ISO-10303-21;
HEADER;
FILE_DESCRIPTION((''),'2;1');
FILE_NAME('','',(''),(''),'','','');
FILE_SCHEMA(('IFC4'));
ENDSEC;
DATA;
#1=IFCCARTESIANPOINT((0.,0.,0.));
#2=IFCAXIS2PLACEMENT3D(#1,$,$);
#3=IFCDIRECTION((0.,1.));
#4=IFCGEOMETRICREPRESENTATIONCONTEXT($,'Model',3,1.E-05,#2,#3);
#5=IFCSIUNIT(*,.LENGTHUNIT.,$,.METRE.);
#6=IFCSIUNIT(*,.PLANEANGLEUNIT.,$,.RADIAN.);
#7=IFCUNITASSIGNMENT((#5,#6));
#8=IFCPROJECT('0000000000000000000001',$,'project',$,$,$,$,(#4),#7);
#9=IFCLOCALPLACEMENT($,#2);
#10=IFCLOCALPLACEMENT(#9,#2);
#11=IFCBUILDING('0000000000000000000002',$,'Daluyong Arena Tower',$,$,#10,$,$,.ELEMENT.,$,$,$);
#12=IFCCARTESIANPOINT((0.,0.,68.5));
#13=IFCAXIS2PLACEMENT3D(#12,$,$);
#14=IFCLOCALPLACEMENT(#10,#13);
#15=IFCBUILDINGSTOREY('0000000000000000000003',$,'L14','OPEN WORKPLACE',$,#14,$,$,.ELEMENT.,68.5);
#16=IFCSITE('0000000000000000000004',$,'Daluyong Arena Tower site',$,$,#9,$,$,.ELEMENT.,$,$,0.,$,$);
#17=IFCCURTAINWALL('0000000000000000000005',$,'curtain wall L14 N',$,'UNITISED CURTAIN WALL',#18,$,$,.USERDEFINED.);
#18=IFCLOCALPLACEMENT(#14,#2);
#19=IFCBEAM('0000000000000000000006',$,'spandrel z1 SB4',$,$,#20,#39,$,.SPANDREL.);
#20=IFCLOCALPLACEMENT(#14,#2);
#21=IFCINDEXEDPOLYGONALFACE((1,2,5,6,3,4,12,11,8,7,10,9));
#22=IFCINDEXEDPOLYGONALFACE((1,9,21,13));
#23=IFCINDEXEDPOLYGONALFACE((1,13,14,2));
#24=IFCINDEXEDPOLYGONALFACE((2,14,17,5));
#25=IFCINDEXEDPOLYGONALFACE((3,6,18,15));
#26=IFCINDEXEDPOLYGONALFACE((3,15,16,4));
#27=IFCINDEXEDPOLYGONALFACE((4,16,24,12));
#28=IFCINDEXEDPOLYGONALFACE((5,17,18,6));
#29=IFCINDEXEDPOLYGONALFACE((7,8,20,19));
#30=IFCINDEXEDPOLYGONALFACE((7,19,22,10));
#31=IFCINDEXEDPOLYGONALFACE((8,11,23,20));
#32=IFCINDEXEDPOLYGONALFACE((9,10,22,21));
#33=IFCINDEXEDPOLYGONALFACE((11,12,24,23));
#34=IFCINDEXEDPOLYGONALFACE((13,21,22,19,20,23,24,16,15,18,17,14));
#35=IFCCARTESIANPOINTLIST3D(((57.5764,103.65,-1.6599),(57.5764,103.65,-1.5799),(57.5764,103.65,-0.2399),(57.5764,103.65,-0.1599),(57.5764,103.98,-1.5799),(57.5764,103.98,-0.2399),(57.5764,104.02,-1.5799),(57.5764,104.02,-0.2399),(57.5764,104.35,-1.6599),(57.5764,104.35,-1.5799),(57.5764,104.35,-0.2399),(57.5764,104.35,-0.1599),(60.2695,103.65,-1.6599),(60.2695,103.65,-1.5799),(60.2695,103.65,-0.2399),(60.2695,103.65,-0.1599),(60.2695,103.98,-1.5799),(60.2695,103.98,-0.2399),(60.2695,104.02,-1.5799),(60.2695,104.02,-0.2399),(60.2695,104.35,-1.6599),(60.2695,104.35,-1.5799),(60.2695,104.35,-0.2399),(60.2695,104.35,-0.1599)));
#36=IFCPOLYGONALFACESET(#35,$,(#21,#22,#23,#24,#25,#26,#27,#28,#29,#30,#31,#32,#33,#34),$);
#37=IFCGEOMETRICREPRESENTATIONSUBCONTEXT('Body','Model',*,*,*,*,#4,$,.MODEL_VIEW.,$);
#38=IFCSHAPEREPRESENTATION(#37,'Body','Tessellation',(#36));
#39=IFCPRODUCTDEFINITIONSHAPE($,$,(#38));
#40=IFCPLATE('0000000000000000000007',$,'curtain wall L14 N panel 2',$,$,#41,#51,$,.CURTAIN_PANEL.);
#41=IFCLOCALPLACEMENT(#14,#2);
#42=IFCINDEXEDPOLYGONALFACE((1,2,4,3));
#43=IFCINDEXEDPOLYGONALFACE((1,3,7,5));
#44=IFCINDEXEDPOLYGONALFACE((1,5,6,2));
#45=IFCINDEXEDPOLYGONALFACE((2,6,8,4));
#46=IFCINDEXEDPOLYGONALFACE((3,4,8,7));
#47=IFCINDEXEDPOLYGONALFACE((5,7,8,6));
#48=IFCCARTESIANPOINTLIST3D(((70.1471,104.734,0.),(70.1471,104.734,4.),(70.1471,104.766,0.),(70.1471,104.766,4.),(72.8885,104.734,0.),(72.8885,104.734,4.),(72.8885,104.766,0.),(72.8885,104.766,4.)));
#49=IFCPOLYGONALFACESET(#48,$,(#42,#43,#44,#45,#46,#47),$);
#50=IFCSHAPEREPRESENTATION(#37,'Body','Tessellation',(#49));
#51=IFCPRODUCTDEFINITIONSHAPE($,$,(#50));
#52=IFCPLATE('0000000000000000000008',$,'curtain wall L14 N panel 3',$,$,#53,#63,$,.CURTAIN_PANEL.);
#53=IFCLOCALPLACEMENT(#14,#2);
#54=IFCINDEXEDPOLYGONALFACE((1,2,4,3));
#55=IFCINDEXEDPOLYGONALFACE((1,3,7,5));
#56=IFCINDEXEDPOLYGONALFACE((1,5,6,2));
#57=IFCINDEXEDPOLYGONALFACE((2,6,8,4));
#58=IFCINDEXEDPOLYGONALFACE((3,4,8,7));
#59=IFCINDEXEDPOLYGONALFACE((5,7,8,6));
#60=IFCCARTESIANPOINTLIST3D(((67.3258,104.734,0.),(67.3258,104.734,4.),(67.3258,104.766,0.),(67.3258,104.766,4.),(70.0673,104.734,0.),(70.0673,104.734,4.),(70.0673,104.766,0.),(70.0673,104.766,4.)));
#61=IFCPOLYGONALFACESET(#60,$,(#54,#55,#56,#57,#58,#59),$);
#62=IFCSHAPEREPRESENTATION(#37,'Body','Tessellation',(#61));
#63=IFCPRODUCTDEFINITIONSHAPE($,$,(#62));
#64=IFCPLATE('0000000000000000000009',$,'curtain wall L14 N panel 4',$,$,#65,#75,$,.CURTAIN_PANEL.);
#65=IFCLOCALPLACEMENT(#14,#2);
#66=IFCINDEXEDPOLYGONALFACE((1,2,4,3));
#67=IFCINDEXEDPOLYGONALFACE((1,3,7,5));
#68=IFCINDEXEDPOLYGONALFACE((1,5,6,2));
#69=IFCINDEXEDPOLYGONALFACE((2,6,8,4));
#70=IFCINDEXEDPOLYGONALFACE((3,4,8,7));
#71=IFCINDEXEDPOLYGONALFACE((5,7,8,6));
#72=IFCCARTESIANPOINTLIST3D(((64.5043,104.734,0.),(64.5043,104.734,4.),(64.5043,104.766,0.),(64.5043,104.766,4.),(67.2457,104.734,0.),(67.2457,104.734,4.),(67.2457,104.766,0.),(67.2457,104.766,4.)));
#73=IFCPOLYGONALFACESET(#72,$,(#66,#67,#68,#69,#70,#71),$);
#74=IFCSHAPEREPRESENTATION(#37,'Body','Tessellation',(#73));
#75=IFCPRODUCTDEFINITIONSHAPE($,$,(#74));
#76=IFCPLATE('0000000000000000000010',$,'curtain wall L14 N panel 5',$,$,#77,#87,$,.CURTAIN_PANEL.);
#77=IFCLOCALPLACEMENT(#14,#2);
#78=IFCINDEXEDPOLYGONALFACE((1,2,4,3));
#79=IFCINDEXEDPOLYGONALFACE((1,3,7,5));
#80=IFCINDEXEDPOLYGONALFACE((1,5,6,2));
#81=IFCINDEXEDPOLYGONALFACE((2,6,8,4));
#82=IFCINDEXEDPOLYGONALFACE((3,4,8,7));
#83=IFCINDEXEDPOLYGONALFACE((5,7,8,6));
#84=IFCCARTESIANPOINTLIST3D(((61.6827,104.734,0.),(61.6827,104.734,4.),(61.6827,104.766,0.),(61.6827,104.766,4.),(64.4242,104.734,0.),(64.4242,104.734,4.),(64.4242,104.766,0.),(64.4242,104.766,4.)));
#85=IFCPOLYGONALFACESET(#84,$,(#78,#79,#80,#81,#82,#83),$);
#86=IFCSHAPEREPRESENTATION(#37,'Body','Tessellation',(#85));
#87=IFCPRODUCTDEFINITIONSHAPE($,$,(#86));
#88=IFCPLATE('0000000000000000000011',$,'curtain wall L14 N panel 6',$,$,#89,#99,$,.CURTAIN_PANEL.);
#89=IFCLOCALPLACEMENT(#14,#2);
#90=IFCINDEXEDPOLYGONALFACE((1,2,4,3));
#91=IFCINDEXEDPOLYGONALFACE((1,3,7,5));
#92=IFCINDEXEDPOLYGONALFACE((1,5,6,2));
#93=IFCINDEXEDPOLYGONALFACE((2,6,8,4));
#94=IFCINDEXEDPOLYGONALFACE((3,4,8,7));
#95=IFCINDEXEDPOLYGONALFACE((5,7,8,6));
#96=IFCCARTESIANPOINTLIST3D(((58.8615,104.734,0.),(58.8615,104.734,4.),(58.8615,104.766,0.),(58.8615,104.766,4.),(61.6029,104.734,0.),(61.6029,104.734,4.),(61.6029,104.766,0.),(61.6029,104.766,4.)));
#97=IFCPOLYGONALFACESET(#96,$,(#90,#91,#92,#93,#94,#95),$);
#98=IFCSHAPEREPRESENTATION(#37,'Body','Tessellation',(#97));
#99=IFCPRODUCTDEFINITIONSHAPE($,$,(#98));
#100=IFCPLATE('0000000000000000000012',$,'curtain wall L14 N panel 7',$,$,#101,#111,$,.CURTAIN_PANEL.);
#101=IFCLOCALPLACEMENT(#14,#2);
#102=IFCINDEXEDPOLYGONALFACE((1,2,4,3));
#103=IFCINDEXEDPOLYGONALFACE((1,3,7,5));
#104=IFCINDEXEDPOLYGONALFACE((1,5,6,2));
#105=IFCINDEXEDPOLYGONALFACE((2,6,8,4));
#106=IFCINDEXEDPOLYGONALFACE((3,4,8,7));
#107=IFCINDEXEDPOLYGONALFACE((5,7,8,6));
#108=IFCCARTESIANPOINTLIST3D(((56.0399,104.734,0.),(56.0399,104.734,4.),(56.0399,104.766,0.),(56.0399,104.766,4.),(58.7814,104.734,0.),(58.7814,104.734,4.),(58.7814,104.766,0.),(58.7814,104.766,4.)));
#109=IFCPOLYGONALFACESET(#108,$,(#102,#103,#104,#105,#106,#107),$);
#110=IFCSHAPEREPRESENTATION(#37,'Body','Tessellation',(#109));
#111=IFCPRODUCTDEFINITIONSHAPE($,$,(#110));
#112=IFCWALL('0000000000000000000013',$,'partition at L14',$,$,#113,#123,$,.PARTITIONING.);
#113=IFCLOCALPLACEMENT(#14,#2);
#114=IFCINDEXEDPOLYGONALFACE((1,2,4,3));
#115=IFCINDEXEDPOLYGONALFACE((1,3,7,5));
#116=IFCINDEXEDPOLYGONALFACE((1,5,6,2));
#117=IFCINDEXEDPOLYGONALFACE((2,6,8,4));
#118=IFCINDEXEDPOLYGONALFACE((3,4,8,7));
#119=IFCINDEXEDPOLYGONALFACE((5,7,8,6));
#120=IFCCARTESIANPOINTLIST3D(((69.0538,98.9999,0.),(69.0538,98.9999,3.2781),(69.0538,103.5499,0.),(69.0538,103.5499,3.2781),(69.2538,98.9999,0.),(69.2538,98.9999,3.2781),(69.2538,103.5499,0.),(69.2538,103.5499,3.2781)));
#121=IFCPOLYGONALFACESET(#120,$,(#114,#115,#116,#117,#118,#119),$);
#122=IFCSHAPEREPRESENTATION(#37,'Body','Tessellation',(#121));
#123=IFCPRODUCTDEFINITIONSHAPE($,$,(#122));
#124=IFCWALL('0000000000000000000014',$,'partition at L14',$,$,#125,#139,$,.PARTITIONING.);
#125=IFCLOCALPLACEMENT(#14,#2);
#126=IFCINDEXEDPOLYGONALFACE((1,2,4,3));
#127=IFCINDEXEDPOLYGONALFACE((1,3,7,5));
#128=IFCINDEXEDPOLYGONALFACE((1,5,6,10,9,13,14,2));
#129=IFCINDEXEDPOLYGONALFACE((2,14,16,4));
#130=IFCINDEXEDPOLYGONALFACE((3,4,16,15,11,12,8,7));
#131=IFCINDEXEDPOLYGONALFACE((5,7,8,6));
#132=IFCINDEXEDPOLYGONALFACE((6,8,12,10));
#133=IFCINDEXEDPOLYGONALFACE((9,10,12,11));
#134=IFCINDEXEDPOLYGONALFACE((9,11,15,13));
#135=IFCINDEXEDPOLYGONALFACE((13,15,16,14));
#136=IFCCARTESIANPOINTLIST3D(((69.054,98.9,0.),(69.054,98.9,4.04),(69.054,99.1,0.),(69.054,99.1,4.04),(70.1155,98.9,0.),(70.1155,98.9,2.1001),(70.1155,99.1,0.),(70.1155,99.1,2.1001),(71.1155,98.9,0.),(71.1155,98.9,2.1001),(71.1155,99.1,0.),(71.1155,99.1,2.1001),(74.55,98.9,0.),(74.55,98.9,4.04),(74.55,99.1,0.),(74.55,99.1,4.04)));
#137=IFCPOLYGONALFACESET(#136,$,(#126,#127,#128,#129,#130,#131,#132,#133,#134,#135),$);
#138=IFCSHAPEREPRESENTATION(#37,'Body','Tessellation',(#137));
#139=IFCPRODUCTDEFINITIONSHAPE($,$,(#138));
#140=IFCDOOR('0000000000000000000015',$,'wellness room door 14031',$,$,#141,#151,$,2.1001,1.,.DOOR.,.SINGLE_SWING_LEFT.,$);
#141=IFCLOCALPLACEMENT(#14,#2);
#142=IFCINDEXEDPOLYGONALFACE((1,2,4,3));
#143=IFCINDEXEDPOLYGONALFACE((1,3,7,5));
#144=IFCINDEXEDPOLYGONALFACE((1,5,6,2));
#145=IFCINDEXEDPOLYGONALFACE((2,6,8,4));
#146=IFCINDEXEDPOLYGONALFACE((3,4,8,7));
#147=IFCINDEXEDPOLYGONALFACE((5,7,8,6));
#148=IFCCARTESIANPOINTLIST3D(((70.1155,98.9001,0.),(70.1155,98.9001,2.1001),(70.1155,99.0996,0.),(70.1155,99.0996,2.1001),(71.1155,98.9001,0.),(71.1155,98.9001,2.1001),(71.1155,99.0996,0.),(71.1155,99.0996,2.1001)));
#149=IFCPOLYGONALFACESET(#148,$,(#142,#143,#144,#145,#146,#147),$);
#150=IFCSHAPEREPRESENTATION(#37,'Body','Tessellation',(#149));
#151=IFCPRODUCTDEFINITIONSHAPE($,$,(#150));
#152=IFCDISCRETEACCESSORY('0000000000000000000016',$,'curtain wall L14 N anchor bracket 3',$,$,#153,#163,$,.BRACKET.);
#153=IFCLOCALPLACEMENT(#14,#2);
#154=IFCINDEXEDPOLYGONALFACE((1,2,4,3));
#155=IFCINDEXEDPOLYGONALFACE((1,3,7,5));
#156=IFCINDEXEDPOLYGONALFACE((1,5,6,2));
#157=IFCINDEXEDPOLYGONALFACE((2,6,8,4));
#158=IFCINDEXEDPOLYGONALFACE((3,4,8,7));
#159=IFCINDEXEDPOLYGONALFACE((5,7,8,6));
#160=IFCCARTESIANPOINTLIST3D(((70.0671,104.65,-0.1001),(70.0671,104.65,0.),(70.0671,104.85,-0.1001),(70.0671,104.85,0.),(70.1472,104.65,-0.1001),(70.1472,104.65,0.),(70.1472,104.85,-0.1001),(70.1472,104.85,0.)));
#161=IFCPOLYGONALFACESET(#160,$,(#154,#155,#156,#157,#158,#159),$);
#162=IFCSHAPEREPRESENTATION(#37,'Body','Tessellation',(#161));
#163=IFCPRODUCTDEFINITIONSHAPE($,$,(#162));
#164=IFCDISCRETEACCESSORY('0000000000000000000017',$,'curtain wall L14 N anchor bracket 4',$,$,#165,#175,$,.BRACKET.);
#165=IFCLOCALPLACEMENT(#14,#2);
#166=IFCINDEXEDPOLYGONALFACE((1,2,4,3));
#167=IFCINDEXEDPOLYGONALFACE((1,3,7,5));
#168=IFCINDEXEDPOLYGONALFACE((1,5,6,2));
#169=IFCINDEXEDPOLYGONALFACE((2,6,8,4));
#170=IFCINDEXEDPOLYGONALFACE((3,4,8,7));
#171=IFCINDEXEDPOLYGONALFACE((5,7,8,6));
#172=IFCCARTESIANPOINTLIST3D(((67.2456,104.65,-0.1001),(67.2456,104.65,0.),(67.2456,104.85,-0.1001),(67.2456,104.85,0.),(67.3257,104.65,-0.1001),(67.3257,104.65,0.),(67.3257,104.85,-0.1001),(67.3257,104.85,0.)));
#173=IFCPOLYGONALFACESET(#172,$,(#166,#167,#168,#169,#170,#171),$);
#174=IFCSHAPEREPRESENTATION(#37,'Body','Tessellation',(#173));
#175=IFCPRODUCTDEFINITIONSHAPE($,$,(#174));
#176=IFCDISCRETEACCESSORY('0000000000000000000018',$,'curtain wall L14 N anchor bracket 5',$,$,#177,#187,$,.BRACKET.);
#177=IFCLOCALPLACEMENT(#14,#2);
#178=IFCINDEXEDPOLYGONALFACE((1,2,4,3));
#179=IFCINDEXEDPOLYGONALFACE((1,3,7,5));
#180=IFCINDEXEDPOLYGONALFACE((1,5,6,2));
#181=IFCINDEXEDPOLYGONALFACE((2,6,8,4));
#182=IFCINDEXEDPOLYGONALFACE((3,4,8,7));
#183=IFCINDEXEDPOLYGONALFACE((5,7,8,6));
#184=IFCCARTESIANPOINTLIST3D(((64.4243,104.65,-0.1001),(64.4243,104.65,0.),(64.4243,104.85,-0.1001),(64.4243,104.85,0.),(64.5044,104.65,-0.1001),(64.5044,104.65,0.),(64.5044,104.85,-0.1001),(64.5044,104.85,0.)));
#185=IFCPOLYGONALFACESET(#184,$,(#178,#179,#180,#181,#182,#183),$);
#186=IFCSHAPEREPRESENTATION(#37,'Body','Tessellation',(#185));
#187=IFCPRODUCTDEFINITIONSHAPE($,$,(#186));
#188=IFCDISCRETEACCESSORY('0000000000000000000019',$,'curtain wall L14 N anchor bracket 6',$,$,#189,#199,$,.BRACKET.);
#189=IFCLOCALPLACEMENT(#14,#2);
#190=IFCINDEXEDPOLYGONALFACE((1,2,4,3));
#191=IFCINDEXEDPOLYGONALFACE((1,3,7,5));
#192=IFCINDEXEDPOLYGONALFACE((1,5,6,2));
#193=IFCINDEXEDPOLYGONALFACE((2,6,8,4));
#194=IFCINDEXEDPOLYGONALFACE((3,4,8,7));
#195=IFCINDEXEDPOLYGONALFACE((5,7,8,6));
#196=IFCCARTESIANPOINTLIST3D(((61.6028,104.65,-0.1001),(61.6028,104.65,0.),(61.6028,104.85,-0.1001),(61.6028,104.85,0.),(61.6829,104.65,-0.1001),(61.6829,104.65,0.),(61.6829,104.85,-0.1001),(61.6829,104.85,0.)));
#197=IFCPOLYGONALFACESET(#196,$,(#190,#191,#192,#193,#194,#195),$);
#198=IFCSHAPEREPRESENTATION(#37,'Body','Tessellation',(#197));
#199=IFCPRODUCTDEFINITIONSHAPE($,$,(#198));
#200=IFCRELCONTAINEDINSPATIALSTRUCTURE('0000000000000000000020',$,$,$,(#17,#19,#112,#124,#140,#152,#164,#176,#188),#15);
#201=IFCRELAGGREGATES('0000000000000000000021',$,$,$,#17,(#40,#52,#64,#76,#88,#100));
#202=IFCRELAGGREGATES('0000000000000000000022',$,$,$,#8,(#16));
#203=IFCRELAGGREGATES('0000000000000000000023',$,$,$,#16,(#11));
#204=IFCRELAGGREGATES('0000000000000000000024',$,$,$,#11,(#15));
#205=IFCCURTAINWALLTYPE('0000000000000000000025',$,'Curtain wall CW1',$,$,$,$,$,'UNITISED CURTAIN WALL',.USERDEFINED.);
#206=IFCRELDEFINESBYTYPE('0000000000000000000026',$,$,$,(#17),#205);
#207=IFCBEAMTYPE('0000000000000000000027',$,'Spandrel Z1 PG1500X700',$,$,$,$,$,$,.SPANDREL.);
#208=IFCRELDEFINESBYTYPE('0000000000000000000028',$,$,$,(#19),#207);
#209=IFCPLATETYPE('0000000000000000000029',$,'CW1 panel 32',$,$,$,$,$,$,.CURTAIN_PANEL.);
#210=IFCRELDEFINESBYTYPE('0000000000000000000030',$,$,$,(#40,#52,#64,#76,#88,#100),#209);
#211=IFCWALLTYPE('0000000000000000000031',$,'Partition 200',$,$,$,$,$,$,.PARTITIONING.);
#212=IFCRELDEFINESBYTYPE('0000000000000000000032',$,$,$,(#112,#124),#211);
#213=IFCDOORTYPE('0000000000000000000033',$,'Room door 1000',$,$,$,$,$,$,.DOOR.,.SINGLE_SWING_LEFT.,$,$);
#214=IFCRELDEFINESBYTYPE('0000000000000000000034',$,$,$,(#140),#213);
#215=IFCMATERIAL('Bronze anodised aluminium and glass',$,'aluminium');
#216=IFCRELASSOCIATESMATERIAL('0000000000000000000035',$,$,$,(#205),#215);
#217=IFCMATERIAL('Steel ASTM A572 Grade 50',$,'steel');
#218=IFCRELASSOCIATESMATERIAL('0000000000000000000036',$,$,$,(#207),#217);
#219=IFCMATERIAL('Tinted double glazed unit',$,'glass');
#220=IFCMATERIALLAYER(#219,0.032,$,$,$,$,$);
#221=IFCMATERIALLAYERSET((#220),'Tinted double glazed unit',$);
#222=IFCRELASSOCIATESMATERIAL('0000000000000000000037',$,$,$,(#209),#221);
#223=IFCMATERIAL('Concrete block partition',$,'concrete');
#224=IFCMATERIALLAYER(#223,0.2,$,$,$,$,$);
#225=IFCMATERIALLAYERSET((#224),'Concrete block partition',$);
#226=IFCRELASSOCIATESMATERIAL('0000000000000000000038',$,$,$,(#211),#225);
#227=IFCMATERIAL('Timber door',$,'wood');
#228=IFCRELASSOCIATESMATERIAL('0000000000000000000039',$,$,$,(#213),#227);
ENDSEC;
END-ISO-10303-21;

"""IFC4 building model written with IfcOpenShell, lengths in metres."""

from ifc_helpers import new_model, si_unit, direction, frame, frame_2d, origin, origin_2d, place, context, subcontext, project, spatial, rectangle, i_section, extrude, material, layer, layer_set, material_profile, profile_set, type_object, element, fill, aggregate, save


model = new_model("IFC4")

# Units and contexts
model_context = context("Model", 3, precision=1e-05, world=origin(), true_north=direction((0.0, 1.0)))
body_context = subcontext(model_context, "Body", "Model", "MODEL_VIEW")
ifc_project = project(units=[si_unit("LENGTHUNIT", "METRE"), si_unit("PLANEANGLEUNIT", "RADIAN")], contexts=[model_context])

# Site, building, storey
site_placement = place(None, origin())
site = spatial("IfcSite", under=ifc_project, at=site_placement, Name="Daluyong Arena Tower site", CompositionType="ELEMENT", RefElevation=0.0)
building_placement = place(site_placement, origin())
building = spatial("IfcBuilding", under=site, at=building_placement, Name="Daluyong Arena Tower", CompositionType="ELEMENT")
storey_placement = place(building_placement, frame((0.0, 0.0, 68.5)))
storey = spatial("IfcBuildingStorey", under=building, at=storey_placement, Name="L14", Description="OPEN WORKPLACE", CompositionType="ELEMENT", Elevation=68.5)

# Curtain wall
ifc_material_1 = material(Name="Bronze anodised aluminium and glass", Category="aluminium")
curtain_wall_type = type_object("IfcCurtainWallType", Name="Curtain wall CW1", ElementType="UNITISED CURTAIN WALL", PredefinedType="USERDEFINED", material=ifc_material_1)
curtain_wall_placement = place(storey_placement, origin())
curtain_wall = element("IfcCurtainWall", 1, at=curtain_wall_placement, inside=storey, type_object=curtain_wall_type, Name="curtain wall L14 N", ObjectType="UNITISED CURTAIN WALL", PredefinedType="USERDEFINED")

# Beam
ifc_material_2 = material(Name="Steel ASTM A572 Grade 50", Category="steel")
ifc_material_profile_1 = material_profile(ifc_material_2, i_section(OverallWidth=0.7, OverallDepth=1.5, WebThickness=0.04, FlangeThickness=0.08, at=origin_2d()))
ifc_profile_set_1 = profile_set([ifc_material_profile_1], Name="Steel ASTM A572 Grade 50")
beam_type_1 = type_object("IfcBeamType", Name="Spandrel Z1 PG1500X700", PredefinedType="SPANDREL", material=ifc_profile_set_1)
for number, where, z_axis, x_axis, name in (
    (2, (60.2695, 104.0, -0.9099), (-1.0, 0.0, 0.0), (0.0, -1.0, 0.0), "spandrel z1 SB4"),
):
    element("IfcBeam", number, at=place(storey_placement, frame(where, z_axis=z_axis, x_axis=x_axis)), inside=storey, type_object=beam_type_1, Name=name, PredefinedType="SPANDREL", context=body_context, shape_type="SweptSolid", body=[
        extrude(i_section(OverallWidth=0.7, OverallDepth=1.5, WebThickness=0.04, FlangeThickness=0.08, at=origin_2d()), origin(), (0.0, 0.0, 1.0), 2.6931),
    ])

# Plates
ifc_material_3 = material(Name="Tinted double glazed unit", Category="glass")
ifc_layer_1 = layer(ifc_material_3, 0.032)
ifc_layer_set_1 = layer_set([ifc_layer_1], Name="Tinted double glazed unit")
plate_type = type_object("IfcPlateType", Name="CW1 panel 32", PredefinedType="CURTAIN_PANEL", material=ifc_layer_set_1)
plate_1_placement = place(storey_placement, frame((71.5178, 104.75, 0.0), z_axis=(0.0, 0.0, 1.0), x_axis=(-1.0, 0.0, 0.0)))
plate_1 = element("IfcPlate", 3, at=plate_1_placement, type_object=plate_type, Name="curtain wall L14 N panel 2", PredefinedType="CURTAIN_PANEL", context=body_context, shape_type="SweptSolid", body=[
    extrude(rectangle(XDim=2.7415, YDim=0.032, at=origin_2d()), origin(), (0.0, 0.0, 1.0), 4.0),
])
plate_2_placement = place(storey_placement, frame((68.6965, 104.75, 0.0), z_axis=(0.0, 0.0, 1.0), x_axis=(-1.0, 0.0, 0.0)))
plate_2 = element("IfcPlate", 4, at=plate_2_placement, type_object=plate_type, Name="curtain wall L14 N panel 3", PredefinedType="CURTAIN_PANEL", context=body_context, shape_type="SweptSolid", body=[
    extrude(rectangle(XDim=2.7415, YDim=0.032, at=origin_2d()), origin(), (0.0, 0.0, 1.0), 4.0),
])
plate_3_placement = place(storey_placement, frame((65.875, 104.75, 0.0), z_axis=(0.0, 0.0, 1.0), x_axis=(-1.0, 0.0, 0.0)))
plate_3 = element("IfcPlate", 5, at=plate_3_placement, type_object=plate_type, Name="curtain wall L14 N panel 4", PredefinedType="CURTAIN_PANEL", context=body_context, shape_type="SweptSolid", body=[
    extrude(rectangle(XDim=2.7415, YDim=0.032, at=origin_2d()), origin(), (0.0, 0.0, 1.0), 4.0),
])
plate_4_placement = place(storey_placement, frame((63.0535, 104.75, 0.0), z_axis=(0.0, 0.0, 1.0), x_axis=(-1.0, 0.0, 0.0)))
plate_4 = element("IfcPlate", 6, at=plate_4_placement, type_object=plate_type, Name="curtain wall L14 N panel 5", PredefinedType="CURTAIN_PANEL", context=body_context, shape_type="SweptSolid", body=[
    extrude(rectangle(XDim=2.7415, YDim=0.032, at=origin_2d()), origin(), (0.0, 0.0, 1.0), 4.0),
])
plate_5_placement = place(storey_placement, frame((60.2322, 104.75, 0.0), z_axis=(0.0, 0.0, 1.0), x_axis=(-1.0, 0.0, 0.0)))
plate_5 = element("IfcPlate", 7, at=plate_5_placement, type_object=plate_type, Name="curtain wall L14 N panel 6", PredefinedType="CURTAIN_PANEL", context=body_context, shape_type="SweptSolid", body=[
    extrude(rectangle(XDim=2.7415, YDim=0.032, at=origin_2d()), origin(), (0.0, 0.0, 1.0), 4.0),
])
plate_6_placement = place(storey_placement, frame((57.4106, 104.75, 0.0), z_axis=(0.0, 0.0, 1.0), x_axis=(-1.0, 0.0, 0.0)))
plate_6 = element("IfcPlate", 8, at=plate_6_placement, type_object=plate_type, Name="curtain wall L14 N panel 7", PredefinedType="CURTAIN_PANEL", context=body_context, shape_type="SweptSolid", body=[
    extrude(rectangle(XDim=2.7415, YDim=0.032, at=origin_2d()), origin(), (0.0, 0.0, 1.0), 4.0),
])
aggregate(curtain_wall, [plate_1, plate_2, plate_3, plate_4, plate_5, plate_6])

# Wall
ifc_material_4 = material(Name="Concrete block partition", Category="concrete")
ifc_layer_2 = layer(ifc_material_4, 0.2)
ifc_layer_set_2 = layer_set([ifc_layer_2], Name="Concrete block partition")
wall_type = type_object("IfcWallType", Name="Partition 200", PredefinedType="PARTITIONING", material=ifc_layer_set_2)
wall_1_placement = place(storey_placement, frame((69.1538, 99.0, 0.0), z_axis=(0.0, 0.0, 1.0), x_axis=(0.0, 1.0, 0.0)))
element("IfcWall", 9, at=wall_1_placement, inside=storey, type_object=wall_type, Name="partition at L14", PredefinedType="PARTITIONING", context=body_context, shape_type="SweptSolid", body=[
    extrude(rectangle(XDim=4.55, YDim=0.2, at=frame_2d((2.2749, 0.0))), origin(), (0.0, 0.0, 1.0), 3.2781),
])

# Wall, opening, door
wall_2_placement = place(storey_placement, frame((69.054, 99.0, 0.0), z_axis=(0.0, 0.0, 1.0), x_axis=(1.0, 0.0, 0.0)))
wall_2 = element("IfcWall", 10, at=wall_2_placement, inside=storey, type_object=wall_type, Name="partition at L14", PredefinedType="PARTITIONING", context=body_context, shape_type="SweptSolid", body=[
    extrude(rectangle(XDim=5.4961, YDim=0.2, at=frame_2d((2.748, 0.0))), origin(), (0.0, 0.0, 1.0), 4.04),
])
opening_placement = place(wall_2_placement, frame((1.0615, 0.0, 0.0)))
opening = element("IfcOpeningElement", 11, at=opening_placement, cuts=wall_2, PredefinedType="OPENING", context=body_context, shape_type="SweptSolid", body=[
    extrude(rectangle(XDim=1.0, YDim=2.1001, at=frame_2d((0.5, 1.05))), frame((0.0, 0.1099, 0.0), z_axis=(0.0, -1.0, 0.0), x_axis=(1.0, 0.0, 0.0)), (0.0, 0.0, 1.0), 0.22),
])
ifc_material_5 = material(Name="Timber door", Category="wood")
door_type = type_object("IfcDoorType", Name="Room door 1000", OperationType="SINGLE_SWING_LEFT", PredefinedType="DOOR", material=ifc_material_5)
door_placement = place(opening_placement, origin())
door = element("IfcDoor", 12, at=door_placement, inside=storey, type_object=door_type, Name="wellness room door 14031", OperationType="SINGLE_SWING_LEFT", OverallHeight=2.1001, OverallWidth=1.0, PredefinedType="DOOR", context=body_context, shape_type="SweptSolid", body=[
    extrude(rectangle(XDim=1.0, YDim=2.1001, at=frame_2d((0.5, 1.05))), frame((0.0, 0.0996, 0.0), z_axis=(0.0, -1.0, 0.0), x_axis=(1.0, 0.0, 0.0)), (0.0, 0.0, 1.0), 0.1995),
])
fill(opening, door)

# Discrete accessories
for number, where, z_axis, x_axis, name in (
    (13, (70.1072, 104.75, -0.1001), (0.0, 0.0, 1.0), (-1.0, 0.0, 0.0), "curtain wall L14 N anchor bracket 3"),
    (14, (67.2856, 104.75, -0.1001), (0.0, 0.0, 1.0), (-1.0, 0.0, 0.0), "curtain wall L14 N anchor bracket 4"),
    (15, (64.4644, 104.75, -0.1001), (0.0, 0.0, 1.0), (-1.0, 0.0, 0.0), "curtain wall L14 N anchor bracket 5"),
    (16, (61.6428, 104.75, -0.1001), (0.0, 0.0, 1.0), (-1.0, 0.0, 0.0), "curtain wall L14 N anchor bracket 6"),
):
    element("IfcDiscreteAccessory", number, at=place(storey_placement, frame(where, z_axis=z_axis, x_axis=x_axis)), inside=storey, Name=name, PredefinedType="BRACKET", context=body_context, shape_type="SweptSolid", body=[
        extrude(rectangle(XDim=0.0801, YDim=0.2, at=origin_2d()), origin(), (0.0, 0.0, 1.0), 0.1001),
    ])

save(model, "model.ifc")
